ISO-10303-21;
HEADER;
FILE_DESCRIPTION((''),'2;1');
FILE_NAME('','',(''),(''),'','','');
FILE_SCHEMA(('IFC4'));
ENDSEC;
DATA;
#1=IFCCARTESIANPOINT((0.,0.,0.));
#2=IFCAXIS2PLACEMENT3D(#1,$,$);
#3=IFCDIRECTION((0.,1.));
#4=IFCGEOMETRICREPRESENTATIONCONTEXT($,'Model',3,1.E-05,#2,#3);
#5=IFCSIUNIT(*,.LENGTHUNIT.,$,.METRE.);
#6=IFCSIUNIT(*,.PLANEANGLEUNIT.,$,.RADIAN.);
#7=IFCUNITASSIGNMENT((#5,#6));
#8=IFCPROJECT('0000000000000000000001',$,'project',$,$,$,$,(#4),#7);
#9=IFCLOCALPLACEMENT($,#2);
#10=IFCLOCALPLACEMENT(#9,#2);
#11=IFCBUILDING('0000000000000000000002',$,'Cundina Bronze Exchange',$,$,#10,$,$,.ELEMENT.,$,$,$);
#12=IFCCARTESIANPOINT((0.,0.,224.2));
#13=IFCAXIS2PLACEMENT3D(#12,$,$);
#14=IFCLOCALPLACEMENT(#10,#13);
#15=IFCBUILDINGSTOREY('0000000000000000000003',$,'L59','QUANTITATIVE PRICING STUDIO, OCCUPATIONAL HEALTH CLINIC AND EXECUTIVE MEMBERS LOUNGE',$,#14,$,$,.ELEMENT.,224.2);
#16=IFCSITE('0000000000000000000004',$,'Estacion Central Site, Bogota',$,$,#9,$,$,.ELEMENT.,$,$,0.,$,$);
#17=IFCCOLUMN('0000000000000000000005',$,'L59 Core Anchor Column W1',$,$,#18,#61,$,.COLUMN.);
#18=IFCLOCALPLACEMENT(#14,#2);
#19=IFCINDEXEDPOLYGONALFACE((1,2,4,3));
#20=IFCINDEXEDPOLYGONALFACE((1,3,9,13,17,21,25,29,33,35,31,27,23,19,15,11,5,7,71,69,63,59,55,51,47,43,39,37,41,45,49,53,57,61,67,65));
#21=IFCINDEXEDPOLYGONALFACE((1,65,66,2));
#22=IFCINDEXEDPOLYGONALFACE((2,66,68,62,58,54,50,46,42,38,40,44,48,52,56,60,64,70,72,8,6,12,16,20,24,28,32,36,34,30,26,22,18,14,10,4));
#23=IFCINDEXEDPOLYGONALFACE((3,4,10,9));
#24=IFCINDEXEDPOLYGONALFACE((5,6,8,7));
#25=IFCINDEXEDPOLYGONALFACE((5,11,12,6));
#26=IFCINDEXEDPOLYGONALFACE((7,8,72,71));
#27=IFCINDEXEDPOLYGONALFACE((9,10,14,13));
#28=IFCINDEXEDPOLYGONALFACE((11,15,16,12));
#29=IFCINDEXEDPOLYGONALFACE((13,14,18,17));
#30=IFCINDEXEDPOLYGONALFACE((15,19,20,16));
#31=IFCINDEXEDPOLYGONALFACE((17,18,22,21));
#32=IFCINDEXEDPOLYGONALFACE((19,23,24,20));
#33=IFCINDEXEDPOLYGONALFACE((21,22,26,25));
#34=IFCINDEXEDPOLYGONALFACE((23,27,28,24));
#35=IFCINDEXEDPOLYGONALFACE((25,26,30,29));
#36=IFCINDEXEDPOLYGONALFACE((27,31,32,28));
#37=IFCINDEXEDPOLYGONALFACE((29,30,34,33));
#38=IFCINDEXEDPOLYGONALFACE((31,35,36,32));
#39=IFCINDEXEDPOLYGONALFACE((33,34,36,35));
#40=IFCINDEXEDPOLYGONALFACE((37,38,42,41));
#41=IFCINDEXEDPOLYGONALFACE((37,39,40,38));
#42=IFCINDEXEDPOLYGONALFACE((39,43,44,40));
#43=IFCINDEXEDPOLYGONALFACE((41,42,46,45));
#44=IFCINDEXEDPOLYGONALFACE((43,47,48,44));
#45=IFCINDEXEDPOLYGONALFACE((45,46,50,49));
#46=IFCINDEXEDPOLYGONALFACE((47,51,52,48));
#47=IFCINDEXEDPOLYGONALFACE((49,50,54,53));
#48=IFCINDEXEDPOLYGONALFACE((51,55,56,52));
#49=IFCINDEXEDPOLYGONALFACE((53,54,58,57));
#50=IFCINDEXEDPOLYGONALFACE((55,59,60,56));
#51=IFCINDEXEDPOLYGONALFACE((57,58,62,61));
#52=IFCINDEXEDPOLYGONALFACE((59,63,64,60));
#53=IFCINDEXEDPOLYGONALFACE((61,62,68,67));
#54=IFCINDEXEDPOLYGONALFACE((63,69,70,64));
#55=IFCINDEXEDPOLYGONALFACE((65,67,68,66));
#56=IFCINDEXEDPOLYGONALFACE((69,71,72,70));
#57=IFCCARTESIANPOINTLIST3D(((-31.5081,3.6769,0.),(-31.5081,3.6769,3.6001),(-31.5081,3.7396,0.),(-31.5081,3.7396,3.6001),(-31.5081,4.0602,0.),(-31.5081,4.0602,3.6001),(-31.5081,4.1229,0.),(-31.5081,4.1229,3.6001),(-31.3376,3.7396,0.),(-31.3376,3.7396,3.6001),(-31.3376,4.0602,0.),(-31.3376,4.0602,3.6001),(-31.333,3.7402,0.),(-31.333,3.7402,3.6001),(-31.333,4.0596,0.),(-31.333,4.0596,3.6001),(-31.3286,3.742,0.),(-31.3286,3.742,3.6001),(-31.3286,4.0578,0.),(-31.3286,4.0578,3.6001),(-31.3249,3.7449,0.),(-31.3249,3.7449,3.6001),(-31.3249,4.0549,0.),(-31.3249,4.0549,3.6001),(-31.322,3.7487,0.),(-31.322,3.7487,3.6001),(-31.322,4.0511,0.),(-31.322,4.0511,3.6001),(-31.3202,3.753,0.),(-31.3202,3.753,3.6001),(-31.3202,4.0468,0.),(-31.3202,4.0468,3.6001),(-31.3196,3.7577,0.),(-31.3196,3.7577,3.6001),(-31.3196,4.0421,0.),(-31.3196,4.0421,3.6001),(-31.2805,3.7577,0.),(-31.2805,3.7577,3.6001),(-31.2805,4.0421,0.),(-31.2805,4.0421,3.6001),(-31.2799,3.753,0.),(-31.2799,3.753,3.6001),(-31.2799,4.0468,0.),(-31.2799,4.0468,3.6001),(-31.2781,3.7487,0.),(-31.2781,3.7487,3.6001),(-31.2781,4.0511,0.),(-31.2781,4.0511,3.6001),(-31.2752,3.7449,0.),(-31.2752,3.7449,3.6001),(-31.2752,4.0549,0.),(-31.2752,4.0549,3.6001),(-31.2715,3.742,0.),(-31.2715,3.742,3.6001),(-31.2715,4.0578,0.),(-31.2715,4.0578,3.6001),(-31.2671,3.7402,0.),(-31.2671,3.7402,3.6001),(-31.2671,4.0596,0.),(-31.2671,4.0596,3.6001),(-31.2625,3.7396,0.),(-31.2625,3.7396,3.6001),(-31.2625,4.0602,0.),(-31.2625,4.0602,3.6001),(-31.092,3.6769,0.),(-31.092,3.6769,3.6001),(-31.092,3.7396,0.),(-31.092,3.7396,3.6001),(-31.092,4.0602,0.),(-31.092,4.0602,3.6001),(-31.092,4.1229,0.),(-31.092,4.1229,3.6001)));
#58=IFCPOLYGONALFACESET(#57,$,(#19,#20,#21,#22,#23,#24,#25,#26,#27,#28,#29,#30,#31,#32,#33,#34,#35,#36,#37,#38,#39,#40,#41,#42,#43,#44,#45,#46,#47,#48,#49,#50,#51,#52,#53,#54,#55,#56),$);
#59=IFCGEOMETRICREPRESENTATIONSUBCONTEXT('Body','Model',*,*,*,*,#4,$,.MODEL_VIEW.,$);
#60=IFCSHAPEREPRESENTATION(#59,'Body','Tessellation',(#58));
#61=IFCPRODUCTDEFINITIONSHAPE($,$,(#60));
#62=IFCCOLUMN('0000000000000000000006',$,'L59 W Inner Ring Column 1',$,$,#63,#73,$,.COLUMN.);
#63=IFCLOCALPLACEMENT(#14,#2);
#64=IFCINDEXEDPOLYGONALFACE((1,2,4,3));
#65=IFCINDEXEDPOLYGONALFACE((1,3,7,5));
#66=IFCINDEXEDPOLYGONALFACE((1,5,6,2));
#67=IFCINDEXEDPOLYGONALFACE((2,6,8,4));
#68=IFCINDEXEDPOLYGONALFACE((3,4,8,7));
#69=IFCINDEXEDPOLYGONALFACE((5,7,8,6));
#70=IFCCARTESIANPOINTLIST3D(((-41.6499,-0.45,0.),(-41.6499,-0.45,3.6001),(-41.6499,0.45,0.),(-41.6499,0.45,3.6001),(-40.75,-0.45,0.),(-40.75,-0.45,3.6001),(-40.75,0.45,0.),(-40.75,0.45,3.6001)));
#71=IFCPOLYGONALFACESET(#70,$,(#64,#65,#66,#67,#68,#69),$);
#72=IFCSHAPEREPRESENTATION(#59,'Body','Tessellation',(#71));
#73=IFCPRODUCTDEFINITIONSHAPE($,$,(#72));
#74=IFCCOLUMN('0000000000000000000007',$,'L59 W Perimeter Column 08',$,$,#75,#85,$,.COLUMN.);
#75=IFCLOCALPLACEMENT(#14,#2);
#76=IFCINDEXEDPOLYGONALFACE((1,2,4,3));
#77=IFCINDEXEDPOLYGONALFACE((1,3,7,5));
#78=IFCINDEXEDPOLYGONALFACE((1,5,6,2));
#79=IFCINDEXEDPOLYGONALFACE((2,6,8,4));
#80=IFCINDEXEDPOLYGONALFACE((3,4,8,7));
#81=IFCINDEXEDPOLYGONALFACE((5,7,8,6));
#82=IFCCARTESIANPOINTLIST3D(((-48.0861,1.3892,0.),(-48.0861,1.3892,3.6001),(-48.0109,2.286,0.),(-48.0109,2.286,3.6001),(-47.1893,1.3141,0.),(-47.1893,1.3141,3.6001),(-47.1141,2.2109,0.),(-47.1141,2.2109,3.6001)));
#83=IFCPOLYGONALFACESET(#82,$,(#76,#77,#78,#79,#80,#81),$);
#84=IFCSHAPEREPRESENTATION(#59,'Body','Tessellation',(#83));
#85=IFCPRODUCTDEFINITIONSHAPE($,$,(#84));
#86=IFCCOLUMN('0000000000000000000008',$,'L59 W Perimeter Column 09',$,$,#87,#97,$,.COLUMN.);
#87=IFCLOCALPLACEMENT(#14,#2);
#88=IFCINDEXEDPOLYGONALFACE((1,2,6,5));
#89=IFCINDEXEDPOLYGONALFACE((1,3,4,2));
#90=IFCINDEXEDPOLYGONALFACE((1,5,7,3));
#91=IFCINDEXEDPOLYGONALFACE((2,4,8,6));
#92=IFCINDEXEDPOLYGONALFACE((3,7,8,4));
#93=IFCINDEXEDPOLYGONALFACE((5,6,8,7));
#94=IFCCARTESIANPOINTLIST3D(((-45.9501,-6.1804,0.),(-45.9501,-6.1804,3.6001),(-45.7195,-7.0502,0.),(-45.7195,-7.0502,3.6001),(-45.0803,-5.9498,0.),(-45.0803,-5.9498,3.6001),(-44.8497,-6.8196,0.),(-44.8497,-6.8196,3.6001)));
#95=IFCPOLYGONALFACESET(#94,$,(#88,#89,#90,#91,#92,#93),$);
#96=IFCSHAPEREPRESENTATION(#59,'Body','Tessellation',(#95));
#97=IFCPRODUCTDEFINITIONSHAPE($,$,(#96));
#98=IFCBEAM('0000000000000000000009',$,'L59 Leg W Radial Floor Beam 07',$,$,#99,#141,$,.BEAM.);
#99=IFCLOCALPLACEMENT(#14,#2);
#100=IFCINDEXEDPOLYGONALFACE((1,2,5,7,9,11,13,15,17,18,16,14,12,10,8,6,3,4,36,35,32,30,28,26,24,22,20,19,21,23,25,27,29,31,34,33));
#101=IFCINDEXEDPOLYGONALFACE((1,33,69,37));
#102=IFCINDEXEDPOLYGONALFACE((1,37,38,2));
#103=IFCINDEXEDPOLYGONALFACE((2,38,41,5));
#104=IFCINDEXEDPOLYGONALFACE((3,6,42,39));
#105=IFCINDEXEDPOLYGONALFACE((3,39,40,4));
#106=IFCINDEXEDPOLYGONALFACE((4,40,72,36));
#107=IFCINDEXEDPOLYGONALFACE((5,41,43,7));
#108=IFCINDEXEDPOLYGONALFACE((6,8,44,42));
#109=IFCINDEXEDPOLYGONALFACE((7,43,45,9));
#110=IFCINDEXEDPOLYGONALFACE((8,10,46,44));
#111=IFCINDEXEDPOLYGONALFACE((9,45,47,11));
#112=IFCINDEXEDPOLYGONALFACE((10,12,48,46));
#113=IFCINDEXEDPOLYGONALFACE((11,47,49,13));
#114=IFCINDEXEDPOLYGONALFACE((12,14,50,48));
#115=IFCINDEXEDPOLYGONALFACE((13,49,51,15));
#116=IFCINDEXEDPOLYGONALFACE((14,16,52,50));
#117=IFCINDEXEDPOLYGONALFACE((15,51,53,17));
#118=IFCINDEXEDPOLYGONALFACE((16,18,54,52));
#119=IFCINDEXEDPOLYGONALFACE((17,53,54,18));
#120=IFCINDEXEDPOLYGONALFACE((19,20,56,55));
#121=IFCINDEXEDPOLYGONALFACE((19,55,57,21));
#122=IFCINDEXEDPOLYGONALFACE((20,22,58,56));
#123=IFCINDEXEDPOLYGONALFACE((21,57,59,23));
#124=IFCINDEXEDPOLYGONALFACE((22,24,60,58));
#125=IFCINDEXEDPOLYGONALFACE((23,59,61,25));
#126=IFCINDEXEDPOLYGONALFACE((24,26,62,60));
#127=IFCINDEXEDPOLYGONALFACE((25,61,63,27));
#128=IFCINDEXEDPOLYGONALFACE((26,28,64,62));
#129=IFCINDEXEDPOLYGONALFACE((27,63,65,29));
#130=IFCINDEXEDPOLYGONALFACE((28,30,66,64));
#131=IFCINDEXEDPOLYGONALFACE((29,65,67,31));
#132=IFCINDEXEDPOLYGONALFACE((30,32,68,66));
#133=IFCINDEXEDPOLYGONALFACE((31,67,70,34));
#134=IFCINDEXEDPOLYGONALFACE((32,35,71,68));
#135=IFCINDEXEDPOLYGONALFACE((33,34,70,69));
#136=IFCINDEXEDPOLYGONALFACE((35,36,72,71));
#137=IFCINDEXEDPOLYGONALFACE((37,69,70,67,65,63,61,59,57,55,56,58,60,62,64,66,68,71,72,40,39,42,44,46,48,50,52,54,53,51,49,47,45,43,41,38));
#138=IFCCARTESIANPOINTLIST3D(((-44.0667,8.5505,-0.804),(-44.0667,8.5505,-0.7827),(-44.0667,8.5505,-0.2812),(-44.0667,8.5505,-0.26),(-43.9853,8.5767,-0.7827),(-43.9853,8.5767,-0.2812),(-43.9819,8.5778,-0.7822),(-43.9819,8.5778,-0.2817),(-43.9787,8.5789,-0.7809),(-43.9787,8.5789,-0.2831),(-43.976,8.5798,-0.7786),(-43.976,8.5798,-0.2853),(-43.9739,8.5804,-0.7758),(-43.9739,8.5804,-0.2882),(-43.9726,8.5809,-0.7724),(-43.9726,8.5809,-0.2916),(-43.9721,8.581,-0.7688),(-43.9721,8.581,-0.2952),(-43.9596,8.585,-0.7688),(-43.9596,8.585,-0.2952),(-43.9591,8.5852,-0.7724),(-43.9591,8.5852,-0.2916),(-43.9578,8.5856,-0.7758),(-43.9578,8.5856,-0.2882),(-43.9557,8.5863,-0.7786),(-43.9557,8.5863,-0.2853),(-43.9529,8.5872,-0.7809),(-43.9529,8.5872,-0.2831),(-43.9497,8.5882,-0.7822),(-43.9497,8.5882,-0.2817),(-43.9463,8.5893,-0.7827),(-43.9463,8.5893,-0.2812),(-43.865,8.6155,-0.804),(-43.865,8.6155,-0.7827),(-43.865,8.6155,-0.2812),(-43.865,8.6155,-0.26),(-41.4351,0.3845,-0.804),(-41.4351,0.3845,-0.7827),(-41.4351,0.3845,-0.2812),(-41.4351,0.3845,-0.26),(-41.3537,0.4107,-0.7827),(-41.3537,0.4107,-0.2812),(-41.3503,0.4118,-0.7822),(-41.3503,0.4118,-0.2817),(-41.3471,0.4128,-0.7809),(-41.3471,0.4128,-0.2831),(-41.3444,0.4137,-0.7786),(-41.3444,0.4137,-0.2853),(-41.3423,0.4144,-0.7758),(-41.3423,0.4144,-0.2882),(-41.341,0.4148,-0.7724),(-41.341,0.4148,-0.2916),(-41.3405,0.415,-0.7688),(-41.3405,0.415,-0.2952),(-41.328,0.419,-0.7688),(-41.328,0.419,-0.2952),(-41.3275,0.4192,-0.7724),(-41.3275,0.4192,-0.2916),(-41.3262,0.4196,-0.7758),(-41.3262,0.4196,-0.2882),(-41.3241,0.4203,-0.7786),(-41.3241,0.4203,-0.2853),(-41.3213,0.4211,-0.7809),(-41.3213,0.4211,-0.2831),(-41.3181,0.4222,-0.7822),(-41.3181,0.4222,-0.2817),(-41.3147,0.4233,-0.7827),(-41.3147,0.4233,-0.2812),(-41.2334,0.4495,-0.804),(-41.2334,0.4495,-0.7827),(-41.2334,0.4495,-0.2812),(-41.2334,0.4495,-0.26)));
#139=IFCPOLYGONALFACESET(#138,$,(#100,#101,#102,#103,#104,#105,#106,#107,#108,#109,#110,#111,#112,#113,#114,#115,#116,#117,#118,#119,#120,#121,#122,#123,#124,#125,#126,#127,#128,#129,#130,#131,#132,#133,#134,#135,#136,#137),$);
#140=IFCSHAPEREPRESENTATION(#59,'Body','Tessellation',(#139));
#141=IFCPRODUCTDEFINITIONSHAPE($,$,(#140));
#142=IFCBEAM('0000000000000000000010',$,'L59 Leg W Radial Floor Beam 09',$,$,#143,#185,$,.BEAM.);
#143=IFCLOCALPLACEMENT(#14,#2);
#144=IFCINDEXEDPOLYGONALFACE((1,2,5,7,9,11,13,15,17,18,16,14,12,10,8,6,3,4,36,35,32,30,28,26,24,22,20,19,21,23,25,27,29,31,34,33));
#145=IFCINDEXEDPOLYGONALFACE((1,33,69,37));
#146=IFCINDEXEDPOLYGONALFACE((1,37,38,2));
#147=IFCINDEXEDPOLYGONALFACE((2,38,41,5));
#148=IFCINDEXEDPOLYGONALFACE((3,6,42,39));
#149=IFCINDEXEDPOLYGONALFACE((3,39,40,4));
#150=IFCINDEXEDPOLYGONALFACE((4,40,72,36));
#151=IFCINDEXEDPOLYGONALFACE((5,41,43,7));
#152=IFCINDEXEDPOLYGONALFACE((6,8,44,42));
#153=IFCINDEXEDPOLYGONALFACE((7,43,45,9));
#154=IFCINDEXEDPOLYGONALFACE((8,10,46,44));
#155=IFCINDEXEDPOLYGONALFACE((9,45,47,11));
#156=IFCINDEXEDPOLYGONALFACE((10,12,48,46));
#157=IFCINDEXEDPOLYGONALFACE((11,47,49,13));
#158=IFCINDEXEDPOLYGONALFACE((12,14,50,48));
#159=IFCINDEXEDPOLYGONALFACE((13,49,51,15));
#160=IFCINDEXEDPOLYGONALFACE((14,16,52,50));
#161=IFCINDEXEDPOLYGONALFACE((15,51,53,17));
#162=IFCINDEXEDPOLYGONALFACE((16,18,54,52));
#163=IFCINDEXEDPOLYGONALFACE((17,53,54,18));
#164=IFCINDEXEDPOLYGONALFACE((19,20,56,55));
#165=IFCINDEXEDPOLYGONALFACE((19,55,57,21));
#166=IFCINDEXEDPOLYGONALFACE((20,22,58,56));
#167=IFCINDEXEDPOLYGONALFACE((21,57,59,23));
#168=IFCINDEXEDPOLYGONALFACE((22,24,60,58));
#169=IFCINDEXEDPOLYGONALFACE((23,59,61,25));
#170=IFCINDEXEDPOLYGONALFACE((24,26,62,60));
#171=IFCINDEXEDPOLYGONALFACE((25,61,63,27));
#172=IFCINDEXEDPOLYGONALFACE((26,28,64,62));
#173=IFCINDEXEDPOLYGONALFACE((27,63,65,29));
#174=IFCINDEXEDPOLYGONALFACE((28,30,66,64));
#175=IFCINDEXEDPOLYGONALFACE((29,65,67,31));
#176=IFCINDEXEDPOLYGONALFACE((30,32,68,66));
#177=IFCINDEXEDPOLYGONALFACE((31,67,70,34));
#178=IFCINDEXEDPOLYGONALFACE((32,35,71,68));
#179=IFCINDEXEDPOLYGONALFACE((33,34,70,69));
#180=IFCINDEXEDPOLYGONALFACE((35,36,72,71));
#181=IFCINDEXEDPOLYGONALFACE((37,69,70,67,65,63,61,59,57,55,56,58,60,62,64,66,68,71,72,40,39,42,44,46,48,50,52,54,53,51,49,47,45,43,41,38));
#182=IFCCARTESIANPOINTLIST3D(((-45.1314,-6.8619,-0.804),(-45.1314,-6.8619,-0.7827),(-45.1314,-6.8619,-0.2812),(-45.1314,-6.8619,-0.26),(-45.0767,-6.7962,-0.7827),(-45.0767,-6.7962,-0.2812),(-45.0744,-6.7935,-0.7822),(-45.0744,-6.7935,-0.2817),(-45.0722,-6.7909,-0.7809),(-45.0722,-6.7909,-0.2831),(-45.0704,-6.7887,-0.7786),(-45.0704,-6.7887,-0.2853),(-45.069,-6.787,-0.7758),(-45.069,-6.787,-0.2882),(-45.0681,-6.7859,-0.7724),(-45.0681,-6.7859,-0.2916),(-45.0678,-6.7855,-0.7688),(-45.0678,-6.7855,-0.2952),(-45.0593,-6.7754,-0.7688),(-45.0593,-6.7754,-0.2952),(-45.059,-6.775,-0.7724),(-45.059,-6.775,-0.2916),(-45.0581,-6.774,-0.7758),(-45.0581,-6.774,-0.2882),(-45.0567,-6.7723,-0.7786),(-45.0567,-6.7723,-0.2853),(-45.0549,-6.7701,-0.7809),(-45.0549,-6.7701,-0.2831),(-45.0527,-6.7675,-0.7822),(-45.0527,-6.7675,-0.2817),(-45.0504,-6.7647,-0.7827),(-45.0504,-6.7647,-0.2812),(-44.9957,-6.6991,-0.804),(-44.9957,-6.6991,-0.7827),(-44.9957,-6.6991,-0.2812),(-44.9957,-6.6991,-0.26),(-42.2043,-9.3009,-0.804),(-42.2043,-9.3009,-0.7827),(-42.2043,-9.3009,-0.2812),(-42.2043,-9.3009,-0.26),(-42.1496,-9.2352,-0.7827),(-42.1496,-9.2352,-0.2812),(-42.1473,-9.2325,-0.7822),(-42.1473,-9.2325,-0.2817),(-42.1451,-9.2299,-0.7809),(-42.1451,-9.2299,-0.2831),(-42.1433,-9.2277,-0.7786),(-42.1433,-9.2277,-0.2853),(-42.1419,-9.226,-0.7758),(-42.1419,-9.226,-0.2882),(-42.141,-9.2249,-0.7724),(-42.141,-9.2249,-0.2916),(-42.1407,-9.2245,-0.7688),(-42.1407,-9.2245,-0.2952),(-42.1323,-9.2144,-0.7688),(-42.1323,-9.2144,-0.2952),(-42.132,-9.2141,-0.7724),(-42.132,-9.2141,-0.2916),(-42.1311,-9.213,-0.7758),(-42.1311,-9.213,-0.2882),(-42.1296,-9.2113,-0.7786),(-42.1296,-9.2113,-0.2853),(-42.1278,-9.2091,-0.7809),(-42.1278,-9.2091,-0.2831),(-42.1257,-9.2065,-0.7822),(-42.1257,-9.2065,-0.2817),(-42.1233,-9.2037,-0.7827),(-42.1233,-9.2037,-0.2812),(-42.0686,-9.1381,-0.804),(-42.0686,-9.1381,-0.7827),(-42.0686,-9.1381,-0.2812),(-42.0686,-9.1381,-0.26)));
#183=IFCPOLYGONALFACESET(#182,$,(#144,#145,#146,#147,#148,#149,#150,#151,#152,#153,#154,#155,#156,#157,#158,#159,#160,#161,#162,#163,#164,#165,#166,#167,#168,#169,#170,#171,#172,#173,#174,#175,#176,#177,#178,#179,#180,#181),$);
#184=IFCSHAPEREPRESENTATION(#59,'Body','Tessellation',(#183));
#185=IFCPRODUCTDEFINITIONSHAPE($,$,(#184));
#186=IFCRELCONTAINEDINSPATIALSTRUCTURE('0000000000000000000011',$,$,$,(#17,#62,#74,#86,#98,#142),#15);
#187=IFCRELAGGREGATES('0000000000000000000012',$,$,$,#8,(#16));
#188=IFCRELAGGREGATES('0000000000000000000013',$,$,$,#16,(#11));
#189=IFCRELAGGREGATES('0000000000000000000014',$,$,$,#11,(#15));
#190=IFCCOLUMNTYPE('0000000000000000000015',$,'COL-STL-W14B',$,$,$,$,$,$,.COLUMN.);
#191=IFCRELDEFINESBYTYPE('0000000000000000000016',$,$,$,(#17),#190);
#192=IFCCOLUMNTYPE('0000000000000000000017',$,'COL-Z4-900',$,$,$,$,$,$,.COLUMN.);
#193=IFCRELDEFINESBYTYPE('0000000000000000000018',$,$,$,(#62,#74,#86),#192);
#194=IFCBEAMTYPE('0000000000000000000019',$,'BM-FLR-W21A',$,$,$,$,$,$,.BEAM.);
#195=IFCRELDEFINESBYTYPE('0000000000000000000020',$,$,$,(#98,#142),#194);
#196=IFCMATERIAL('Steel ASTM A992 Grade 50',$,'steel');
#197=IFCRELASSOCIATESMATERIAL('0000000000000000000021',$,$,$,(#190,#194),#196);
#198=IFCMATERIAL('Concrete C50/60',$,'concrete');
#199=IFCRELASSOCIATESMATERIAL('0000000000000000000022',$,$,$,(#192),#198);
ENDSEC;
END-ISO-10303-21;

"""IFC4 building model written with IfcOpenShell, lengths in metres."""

from ifc_helpers import new_model, si_unit, direction, frame, origin, origin_2d, place, context, subcontext, project, spatial, rectangle, i_section, extrude, material, material_profile, profile_set, type_object, element, save


model = new_model("IFC4")

# Units and contexts
model_context = context("Model", 3, precision=1e-05, world=origin(), true_north=direction((0.0, 1.0)))
body_context = subcontext(model_context, "Body", "Model", "MODEL_VIEW")
ifc_project = project(units=[si_unit("LENGTHUNIT", "METRE"), si_unit("PLANEANGLEUNIT", "RADIAN")], contexts=[model_context])

# Site, building, storey
site_placement = place(None, origin())
site = spatial("IfcSite", under=ifc_project, at=site_placement, Name="Estacion Central Site, Bogota", CompositionType="ELEMENT", RefElevation=0.0)
building_placement = place(site_placement, origin())
building = spatial("IfcBuilding", under=site, at=building_placement, Name="Cundina Bronze Exchange", CompositionType="ELEMENT")
storey_placement = place(building_placement, frame((0.0, 0.0, 224.2)))
storey = spatial("IfcBuildingStorey", under=building, at=storey_placement, Name="L59", Description="QUANTITATIVE PRICING STUDIO, OCCUPATIONAL HEALTH CLINIC AND EXECUTIVE MEMBERS LOUNGE", CompositionType="ELEMENT", Elevation=224.2)

# Columns
ifc_material_1 = material(Name="Steel ASTM A992 Grade 50", Category="steel")
ifc_material_profile_1 = material_profile(ifc_material_1, i_section(OverallWidth=0.416, OverallDepth=0.446, WebThickness=0.0391, FlangeThickness=0.0627, FilletRadius=0.0181, at=origin_2d()), Name="W14X342", Category="steel")
ifc_profile_set_1 = profile_set([ifc_material_profile_1], Name="Steel ASTM A992 Grade 50")
column_type_1 = type_object("IfcColumnType", Name="COL-STL-W14B", PredefinedType="COLUMN", material=ifc_profile_set_1)
column_placement = place(storey_placement, frame((-31.3, 3.8999, 0.0), z_axis=(0.0, 0.0, 1.0), x_axis=(1.0, 0.0, 0.0)))
element("IfcColumn", 1, at=column_placement, inside=storey, type_object=column_type_1, Name="L59 Core Anchor Column W1", PredefinedType="COLUMN", context=body_context, shape_type="SweptSolid", body=[
    extrude(i_section(OverallWidth=0.416, OverallDepth=0.446, WebThickness=0.0391, FlangeThickness=0.0627, FilletRadius=0.0181, at=origin_2d()), origin(), (0.0, 0.0, 1.0), 3.6001),
])
ifc_material_2 = material(Name="Concrete C50/60", Category="concrete")
ifc_material_profile_2 = material_profile(ifc_material_2, rectangle(XDim=0.8999, YDim=0.8999, at=origin_2d()), Name="RC900X900", Category="concrete")
ifc_profile_set_2 = profile_set([ifc_material_profile_2], Name="Concrete C50/60")
column_type_2 = type_object("IfcColumnType", Name="COL-Z4-900", PredefinedType="COLUMN", material=ifc_profile_set_2)
for number, where, z_axis, x_axis, name in (
    (2, (-41.2, 0.0, 0.0), (0.0, 0.0, 1.0), (1.0, 0.0, 0.0), "L59 W Inner Ring Column 1"),
    (3, (-47.6001, 1.8, 0.0), (0.0, 0.0, 1.0), (-0.083504, -0.996507, 0.0), "L59 W Perimeter Column 08"),
    (4, (-45.3999, -6.5, 0.0), (0.0, 0.0, 1.0), (0.256289, -0.9666, 0.0), "L59 W Perimeter Column 09"),
):
    element("IfcColumn", number, at=place(storey_placement, frame(where, z_axis=z_axis, x_axis=x_axis)), inside=storey, type_object=column_type_2, Name=name, PredefinedType="COLUMN", context=body_context, shape_type="SweptSolid", body=[
        extrude(rectangle(XDim=0.8999, YDim=0.8999, at=origin_2d()), origin(), (0.0, 0.0, 1.0), 3.6001),
    ])

# Beams
ifc_material_profile_3 = material_profile(ifc_material_1, i_section(OverallWidth=0.2119, OverallDepth=0.5439, WebThickness=0.0132, FlangeThickness=0.0212, FilletRadius=0.0139, at=origin_2d()), Name="W21X83", Category="steel")
ifc_profile_set_3 = profile_set([ifc_material_profile_3], Name="Steel ASTM A992 Grade 50")
beam_type_1 = type_object("IfcBeamType", Name="BM-FLR-W21A", PredefinedType="BEAM", material=ifc_profile_set_3)
beam_1_placement = place(storey_placement, frame((-41.3342, 0.417, -0.532), z_axis=(-0.306728, 0.951797, 0.0), x_axis=(-0.951797, -0.306728, 0.0)))
element("IfcBeam", 5, at=beam_1_placement, inside=storey, type_object=beam_type_1, Name="L59 Leg W Radial Floor Beam 07", PredefinedType="BEAM", context=body_context, shape_type="SweptSolid", body=[
    extrude(i_section(OverallWidth=0.2119, OverallDepth=0.5439, WebThickness=0.0132, FlangeThickness=0.0212, FilletRadius=0.0139, at=origin_2d()), origin(), (0.0, 0.0, 1.0), 8.5796),
])
beam_2_placement = place(storey_placement, frame((-42.1365, -9.2195, -0.532), z_axis=(-0.768248, 0.640153, 0.0), x_axis=(-0.640153, -0.768248, 0.0)))
element("IfcBeam", 6, at=beam_2_placement, inside=storey, type_object=beam_type_1, Name="L59 Leg W Radial Floor Beam 09", PredefinedType="BEAM", context=body_context, shape_type="SweptSolid", body=[
    extrude(i_section(OverallWidth=0.2119, OverallDepth=0.5439, WebThickness=0.0132, FlangeThickness=0.0212, FilletRadius=0.0139, at=origin_2d()), origin(), (0.0, 0.0, 1.0), 3.8101),
])

save(model, "model.ifc")
